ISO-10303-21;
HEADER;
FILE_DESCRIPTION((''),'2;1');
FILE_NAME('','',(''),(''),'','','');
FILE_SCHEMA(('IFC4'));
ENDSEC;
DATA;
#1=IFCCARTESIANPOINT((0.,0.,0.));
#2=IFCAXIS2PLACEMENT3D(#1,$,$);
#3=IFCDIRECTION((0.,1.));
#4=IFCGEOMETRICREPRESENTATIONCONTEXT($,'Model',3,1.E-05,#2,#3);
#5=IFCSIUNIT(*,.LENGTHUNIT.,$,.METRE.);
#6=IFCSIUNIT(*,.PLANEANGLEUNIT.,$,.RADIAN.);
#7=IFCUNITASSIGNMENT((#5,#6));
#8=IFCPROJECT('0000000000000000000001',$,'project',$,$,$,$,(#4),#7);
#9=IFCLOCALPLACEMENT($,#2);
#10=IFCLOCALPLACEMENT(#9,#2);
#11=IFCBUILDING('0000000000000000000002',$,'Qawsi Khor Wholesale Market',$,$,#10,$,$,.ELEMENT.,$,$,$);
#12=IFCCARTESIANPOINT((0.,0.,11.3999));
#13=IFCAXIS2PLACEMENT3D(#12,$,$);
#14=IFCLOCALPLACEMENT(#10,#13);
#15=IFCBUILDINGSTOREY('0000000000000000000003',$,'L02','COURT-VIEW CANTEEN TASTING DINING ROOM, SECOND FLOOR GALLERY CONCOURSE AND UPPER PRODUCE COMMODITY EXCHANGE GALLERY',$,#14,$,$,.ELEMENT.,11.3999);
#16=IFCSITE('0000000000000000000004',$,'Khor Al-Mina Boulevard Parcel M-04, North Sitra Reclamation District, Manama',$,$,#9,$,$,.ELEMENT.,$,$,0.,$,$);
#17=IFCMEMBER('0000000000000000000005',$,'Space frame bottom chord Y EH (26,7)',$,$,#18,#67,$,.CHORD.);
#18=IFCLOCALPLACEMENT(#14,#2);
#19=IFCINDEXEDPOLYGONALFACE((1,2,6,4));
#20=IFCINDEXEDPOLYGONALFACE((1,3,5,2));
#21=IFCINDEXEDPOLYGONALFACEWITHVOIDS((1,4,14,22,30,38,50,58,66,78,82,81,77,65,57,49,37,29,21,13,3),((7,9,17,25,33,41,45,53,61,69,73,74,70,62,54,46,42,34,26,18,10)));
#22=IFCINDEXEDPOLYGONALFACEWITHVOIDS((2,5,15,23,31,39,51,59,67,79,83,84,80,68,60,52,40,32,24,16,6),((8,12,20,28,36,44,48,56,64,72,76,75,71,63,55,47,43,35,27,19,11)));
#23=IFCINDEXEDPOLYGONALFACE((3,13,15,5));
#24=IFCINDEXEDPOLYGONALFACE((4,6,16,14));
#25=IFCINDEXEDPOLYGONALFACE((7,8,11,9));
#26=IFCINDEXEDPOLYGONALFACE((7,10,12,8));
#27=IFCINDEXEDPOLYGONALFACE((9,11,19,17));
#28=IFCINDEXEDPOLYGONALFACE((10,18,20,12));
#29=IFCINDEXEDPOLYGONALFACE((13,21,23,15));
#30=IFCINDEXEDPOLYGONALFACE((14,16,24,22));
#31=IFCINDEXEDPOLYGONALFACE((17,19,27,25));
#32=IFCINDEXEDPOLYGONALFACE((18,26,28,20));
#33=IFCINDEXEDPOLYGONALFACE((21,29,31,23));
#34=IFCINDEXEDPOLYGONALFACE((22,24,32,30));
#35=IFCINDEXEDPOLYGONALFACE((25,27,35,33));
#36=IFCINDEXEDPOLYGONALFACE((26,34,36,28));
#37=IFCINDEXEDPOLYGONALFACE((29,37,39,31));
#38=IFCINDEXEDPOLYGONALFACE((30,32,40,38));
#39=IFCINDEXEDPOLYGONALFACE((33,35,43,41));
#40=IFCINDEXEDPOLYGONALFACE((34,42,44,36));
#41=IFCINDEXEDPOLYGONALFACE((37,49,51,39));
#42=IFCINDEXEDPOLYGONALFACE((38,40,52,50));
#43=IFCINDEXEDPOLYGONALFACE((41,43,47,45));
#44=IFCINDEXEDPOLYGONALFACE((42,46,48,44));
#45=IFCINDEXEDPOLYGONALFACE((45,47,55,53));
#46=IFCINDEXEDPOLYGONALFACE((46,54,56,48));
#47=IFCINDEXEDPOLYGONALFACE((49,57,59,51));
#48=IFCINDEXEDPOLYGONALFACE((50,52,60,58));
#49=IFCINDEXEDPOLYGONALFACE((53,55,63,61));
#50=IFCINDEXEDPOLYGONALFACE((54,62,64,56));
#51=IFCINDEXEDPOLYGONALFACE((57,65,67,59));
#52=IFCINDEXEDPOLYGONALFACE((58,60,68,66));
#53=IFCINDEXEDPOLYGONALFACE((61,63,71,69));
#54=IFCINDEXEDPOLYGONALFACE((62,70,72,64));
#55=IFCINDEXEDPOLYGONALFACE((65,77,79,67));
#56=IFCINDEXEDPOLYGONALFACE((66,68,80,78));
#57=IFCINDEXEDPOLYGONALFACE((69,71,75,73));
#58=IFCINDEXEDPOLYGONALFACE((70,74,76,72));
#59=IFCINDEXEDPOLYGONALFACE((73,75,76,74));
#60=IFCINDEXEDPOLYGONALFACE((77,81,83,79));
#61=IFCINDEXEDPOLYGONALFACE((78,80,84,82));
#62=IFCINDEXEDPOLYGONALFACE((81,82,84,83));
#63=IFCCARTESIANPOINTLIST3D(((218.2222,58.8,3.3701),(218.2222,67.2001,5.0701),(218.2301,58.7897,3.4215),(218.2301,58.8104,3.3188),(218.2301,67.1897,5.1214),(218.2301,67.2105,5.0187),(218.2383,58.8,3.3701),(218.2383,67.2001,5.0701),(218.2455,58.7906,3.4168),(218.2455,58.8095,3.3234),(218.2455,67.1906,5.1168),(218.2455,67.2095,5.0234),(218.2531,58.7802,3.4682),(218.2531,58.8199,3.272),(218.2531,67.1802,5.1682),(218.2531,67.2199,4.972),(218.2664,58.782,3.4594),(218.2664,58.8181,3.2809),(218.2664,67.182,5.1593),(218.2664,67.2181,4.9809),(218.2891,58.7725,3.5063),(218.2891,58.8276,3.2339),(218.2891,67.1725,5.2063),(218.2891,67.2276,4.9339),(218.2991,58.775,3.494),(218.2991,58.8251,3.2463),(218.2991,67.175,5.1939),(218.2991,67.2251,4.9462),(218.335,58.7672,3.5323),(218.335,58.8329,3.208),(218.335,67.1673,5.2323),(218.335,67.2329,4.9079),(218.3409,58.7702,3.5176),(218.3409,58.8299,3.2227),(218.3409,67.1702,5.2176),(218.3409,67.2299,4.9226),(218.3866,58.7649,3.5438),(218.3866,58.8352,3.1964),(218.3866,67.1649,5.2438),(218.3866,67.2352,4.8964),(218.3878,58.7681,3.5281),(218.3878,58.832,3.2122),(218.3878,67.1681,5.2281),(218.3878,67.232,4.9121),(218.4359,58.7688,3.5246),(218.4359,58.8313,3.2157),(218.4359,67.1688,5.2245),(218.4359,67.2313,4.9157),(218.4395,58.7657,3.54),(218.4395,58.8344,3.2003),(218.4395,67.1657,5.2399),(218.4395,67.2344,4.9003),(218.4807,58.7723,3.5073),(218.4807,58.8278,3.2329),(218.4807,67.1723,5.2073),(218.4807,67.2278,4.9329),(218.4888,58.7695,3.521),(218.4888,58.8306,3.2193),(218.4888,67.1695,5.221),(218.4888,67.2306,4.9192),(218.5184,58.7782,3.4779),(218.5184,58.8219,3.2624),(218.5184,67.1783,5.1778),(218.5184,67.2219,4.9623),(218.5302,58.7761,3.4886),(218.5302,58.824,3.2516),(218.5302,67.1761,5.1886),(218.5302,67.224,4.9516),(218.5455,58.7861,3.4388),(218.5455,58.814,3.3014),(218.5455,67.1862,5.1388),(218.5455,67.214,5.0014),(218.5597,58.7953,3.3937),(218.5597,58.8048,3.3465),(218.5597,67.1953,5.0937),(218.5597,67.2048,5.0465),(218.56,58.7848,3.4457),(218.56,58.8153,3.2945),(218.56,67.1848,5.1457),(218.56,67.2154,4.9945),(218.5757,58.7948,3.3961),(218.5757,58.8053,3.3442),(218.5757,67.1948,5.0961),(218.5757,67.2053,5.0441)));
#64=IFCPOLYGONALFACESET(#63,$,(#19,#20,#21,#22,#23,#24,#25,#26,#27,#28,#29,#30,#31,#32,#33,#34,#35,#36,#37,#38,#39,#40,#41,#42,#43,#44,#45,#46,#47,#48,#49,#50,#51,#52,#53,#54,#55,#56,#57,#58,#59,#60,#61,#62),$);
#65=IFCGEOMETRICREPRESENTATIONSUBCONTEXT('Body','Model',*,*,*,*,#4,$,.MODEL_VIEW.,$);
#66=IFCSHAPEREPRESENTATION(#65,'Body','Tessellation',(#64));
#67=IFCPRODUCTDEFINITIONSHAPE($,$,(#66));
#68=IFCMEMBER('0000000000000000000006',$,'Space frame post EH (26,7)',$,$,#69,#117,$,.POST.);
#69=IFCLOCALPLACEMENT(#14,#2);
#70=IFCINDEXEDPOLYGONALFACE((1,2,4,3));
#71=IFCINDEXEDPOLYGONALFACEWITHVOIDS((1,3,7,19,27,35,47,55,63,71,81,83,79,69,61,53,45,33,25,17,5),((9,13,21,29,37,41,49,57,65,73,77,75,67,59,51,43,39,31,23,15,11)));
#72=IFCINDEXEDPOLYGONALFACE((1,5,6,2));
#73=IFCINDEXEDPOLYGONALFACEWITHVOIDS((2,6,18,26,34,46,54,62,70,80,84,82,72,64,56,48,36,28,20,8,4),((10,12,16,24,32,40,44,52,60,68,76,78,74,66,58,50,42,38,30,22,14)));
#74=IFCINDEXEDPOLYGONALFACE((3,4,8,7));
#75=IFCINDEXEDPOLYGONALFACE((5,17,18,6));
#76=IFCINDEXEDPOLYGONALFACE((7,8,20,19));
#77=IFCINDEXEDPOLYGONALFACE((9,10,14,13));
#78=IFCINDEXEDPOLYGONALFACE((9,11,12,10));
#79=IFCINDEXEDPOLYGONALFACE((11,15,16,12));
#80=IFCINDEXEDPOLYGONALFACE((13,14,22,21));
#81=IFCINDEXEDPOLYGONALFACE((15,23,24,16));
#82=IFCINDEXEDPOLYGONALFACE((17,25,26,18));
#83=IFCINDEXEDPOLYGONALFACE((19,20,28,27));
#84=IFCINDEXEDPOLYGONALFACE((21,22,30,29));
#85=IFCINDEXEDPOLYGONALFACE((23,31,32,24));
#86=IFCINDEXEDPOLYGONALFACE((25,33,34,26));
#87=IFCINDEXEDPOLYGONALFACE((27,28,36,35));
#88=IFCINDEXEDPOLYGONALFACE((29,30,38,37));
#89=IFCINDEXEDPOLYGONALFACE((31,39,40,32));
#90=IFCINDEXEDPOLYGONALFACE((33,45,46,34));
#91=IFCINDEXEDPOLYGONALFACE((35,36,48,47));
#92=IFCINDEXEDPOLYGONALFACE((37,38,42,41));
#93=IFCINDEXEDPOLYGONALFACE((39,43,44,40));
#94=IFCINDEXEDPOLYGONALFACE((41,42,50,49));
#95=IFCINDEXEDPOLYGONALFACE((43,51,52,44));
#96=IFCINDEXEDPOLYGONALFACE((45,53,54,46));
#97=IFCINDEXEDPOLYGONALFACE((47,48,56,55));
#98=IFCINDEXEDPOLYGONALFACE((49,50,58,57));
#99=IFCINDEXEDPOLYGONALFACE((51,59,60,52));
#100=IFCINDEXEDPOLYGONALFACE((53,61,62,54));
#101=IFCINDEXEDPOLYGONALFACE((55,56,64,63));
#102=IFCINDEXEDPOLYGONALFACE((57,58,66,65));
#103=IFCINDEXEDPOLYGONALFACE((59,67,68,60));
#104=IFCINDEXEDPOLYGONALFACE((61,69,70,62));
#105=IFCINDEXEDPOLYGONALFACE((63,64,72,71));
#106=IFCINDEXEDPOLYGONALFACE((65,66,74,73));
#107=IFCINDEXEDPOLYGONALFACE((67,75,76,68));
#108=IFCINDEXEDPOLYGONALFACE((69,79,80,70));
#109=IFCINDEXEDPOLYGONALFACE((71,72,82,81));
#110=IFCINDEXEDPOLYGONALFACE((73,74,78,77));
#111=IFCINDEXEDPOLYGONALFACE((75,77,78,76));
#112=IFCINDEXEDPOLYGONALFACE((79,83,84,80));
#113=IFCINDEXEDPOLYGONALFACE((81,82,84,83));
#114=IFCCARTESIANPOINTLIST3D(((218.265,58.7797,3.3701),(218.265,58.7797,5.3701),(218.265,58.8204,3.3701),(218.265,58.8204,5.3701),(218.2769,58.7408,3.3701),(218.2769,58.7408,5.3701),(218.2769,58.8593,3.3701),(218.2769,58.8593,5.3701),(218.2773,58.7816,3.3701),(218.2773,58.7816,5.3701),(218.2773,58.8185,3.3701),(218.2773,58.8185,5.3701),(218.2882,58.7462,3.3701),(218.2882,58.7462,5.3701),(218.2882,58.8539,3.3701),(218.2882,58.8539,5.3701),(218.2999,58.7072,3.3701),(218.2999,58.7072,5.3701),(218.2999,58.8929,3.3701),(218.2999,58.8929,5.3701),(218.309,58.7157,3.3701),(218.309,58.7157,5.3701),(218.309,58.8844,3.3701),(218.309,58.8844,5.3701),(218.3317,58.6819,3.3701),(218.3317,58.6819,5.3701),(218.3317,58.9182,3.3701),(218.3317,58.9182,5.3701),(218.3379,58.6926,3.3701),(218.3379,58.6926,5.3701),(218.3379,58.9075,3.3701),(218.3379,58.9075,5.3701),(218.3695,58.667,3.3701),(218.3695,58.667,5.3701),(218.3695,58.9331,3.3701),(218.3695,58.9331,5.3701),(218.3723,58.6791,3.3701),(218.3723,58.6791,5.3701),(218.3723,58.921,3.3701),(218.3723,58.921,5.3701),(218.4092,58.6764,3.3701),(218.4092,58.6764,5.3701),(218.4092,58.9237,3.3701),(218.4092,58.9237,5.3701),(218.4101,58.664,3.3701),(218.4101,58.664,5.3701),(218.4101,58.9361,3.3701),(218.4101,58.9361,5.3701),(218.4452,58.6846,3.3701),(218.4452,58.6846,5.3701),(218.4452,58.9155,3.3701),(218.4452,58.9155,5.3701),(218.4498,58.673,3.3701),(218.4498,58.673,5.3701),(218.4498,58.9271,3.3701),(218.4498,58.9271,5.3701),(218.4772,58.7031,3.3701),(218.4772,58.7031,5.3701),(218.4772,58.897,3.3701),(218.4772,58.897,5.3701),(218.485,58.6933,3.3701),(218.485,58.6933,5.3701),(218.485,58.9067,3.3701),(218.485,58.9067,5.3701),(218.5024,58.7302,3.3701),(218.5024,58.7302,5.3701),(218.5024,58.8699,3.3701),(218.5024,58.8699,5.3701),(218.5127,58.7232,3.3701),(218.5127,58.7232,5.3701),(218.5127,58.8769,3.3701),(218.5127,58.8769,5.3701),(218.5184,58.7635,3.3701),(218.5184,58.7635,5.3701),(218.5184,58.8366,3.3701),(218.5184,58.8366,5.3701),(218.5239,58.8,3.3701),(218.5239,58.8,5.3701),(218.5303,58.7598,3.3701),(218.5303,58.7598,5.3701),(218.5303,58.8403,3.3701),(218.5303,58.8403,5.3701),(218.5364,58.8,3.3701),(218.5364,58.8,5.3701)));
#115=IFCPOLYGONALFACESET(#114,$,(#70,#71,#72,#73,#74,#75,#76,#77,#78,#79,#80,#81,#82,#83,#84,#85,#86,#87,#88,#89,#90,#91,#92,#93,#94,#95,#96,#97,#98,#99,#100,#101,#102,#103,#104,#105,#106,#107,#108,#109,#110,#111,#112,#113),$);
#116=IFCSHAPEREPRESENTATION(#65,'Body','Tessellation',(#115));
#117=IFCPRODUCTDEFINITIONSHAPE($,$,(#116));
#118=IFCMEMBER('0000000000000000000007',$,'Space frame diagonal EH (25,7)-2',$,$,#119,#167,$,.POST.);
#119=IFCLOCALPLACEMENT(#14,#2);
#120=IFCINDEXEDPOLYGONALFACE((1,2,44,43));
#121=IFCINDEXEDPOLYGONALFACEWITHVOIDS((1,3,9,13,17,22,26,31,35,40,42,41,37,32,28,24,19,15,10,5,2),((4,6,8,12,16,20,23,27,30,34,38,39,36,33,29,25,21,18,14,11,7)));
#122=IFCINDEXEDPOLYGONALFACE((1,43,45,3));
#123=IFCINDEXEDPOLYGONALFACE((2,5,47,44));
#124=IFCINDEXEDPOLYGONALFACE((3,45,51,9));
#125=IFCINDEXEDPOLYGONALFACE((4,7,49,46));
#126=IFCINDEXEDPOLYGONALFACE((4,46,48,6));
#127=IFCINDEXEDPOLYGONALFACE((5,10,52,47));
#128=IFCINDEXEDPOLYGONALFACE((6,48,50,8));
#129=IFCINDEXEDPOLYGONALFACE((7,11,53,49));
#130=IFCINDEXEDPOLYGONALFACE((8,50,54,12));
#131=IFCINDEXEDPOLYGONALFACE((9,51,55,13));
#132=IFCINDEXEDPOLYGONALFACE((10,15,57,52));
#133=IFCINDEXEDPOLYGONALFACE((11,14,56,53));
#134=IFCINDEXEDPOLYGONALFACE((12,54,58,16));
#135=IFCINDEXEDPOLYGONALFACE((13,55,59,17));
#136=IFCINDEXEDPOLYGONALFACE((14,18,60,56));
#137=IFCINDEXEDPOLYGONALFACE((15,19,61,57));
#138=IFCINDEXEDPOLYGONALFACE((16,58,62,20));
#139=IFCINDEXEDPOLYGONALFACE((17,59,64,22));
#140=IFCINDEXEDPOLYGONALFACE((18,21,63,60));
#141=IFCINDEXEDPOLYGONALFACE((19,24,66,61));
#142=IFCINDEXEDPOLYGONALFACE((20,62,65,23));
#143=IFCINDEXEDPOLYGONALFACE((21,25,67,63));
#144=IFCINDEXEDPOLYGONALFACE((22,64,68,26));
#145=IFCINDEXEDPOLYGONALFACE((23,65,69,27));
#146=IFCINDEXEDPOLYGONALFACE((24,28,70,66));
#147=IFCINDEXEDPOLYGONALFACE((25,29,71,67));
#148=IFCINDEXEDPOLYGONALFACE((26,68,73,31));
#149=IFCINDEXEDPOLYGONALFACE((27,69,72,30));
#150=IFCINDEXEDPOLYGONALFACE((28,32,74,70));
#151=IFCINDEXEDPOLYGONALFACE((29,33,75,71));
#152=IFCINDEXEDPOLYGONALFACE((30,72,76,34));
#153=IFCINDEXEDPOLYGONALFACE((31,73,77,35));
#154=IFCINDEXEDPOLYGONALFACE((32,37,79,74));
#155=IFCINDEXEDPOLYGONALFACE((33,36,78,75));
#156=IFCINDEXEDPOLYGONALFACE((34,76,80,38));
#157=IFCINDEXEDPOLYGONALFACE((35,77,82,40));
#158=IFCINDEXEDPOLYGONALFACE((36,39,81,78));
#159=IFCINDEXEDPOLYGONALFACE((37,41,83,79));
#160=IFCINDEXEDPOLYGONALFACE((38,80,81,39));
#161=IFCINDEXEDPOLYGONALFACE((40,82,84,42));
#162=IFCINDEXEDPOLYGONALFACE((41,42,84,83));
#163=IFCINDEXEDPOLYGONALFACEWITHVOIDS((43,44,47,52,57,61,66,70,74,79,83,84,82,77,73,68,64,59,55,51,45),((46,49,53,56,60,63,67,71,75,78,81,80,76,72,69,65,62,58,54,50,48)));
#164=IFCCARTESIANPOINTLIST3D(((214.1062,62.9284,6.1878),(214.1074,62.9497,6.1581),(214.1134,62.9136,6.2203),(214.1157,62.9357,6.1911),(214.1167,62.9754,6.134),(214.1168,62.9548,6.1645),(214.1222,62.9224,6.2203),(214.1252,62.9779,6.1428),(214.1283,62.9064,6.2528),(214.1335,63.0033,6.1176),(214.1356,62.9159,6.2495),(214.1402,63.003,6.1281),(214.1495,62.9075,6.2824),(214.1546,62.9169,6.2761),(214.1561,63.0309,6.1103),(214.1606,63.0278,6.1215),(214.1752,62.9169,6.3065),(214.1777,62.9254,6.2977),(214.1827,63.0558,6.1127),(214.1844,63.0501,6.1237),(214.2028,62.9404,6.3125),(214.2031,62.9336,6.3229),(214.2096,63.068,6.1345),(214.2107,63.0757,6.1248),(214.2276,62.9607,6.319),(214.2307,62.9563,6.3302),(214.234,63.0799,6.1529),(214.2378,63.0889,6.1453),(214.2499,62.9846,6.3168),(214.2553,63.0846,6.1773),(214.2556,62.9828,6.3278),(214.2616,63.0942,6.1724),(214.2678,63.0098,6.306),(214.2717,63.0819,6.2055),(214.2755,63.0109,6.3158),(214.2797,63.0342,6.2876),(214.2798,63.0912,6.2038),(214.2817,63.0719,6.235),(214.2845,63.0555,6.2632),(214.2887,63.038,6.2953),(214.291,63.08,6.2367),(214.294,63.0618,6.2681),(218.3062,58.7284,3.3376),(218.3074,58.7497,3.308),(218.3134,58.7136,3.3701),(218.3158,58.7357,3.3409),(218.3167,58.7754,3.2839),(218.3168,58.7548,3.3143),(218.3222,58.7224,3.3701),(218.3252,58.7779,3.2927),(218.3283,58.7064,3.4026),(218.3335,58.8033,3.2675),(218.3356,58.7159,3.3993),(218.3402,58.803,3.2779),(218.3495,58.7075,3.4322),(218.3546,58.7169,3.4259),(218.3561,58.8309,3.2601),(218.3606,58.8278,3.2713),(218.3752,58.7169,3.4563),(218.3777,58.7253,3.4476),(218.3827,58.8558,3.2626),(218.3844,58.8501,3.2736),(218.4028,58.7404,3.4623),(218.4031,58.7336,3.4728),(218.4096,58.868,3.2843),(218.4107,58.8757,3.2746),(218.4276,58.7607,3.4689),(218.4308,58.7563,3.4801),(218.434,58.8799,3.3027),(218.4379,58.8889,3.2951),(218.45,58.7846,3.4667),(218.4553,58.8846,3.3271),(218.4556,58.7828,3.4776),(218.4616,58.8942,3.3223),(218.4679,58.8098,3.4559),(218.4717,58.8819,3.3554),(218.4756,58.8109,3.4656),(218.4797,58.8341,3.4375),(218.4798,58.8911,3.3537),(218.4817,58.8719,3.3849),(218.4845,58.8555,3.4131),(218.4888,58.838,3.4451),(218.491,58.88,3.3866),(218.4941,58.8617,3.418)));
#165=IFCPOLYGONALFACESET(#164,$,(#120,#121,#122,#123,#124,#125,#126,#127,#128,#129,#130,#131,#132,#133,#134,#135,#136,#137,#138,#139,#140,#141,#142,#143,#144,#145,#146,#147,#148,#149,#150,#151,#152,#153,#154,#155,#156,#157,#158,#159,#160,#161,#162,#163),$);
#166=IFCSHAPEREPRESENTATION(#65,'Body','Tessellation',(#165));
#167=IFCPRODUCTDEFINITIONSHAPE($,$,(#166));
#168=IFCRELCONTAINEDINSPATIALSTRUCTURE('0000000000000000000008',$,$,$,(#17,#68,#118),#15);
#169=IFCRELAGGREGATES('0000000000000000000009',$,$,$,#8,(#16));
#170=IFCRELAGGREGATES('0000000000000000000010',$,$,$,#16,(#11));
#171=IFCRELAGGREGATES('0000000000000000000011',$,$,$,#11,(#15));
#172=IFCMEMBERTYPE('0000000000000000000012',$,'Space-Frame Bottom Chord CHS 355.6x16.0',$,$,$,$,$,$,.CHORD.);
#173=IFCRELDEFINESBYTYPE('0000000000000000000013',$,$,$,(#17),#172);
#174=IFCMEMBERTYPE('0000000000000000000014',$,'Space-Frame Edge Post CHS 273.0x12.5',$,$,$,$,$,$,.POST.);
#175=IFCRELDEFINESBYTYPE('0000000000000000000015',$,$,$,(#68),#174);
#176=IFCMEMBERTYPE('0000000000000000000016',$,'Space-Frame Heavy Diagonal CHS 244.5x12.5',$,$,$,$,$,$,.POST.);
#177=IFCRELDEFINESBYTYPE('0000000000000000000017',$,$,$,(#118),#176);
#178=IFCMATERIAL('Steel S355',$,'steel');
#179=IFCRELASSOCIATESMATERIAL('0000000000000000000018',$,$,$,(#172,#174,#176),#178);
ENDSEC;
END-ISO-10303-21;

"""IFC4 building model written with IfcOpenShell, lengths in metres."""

from ifc_helpers import new_model, si_unit, direction, frame, origin, origin_2d, place, context, subcontext, project, spatial, hollow_circle, extrude, material, material_profile, profile_set, type_object, element, save


model = new_model("IFC4")

# Units and contexts
model_context = context("Model", 3, precision=1e-05, world=origin(), true_north=direction((0.0, 1.0)))
body_context = subcontext(model_context, "Body", "Model", "MODEL_VIEW")
ifc_project = project(units=[si_unit("LENGTHUNIT", "METRE"), si_unit("PLANEANGLEUNIT", "RADIAN")], contexts=[model_context])

# Site, building, storey
site_placement = place(None, origin())
site = spatial("IfcSite", under=ifc_project, at=site_placement, Name="Khor Al-Mina Boulevard Parcel M-04, North Sitra Reclamation District, Manama", CompositionType="ELEMENT", RefElevation=0.0)
building_placement = place(site_placement, origin())
building = spatial("IfcBuilding", under=site, at=building_placement, Name="Qawsi Khor Wholesale Market", CompositionType="ELEMENT")
storey_placement = place(building_placement, frame((0.0, 0.0, 11.3999)))
storey = spatial("IfcBuildingStorey", under=building, at=storey_placement, Name="L02", Description="COURT-VIEW CANTEEN TASTING DINING ROOM, SECOND FLOOR GALLERY CONCOURSE AND UPPER PRODUCE COMMODITY EXCHANGE GALLERY", CompositionType="ELEMENT", Elevation=11.3999)

# Members
ifc_material_1 = material(Name="Steel S355", Category="steel")
ifc_material_profile_1 = material_profile(ifc_material_1, hollow_circle(Radius=0.1777, WallThickness=0.0161, at=origin_2d()), Name="CHS 355.6x16.0")
ifc_profile_set_1 = profile_set([ifc_material_profile_1], Name="Steel S355")
member_type_1 = type_object("IfcMemberType", Name="Space-Frame Bottom Chord CHS 355.6x16.0", PredefinedType="CHORD", material=ifc_profile_set_1)
member_1_placement = place(storey_placement, frame((218.3999, 58.8, 3.3701), z_axis=(0.0, 0.98013, 0.198356), x_axis=(-1.0, 0.0, 0.0)))
element("IfcMember", 1, at=member_1_placement, inside=storey, type_object=member_type_1, Name="Space frame bottom chord Y EH (26,7)", PredefinedType="CHORD", context=body_context, shape_type="SweptSolid", body=[
    extrude(hollow_circle(Radius=0.1777, WallThickness=0.0161, at=origin_2d()), origin(), (0.0, 0.0, 1.0), 8.5703),
])
ifc_material_profile_2 = material_profile(ifc_material_1, hollow_circle(Radius=0.1365, WallThickness=0.0125, at=origin_2d()), Name="CHS 273.0x12.5")
ifc_profile_set_2 = profile_set([ifc_material_profile_2], Name="Steel S355")
member_type_2 = type_object("IfcMemberType", Name="Space-Frame Edge Post CHS 273.0x12.5", PredefinedType="POST", material=ifc_profile_set_2)
member_2_placement = place(storey_placement, frame((218.3999, 58.8, 3.3701), z_axis=(0.0, 0.0, 1.0), x_axis=(1.0, 0.0, 0.0)))
element("IfcMember", 2, at=member_2_placement, inside=storey, type_object=member_type_2, Name="Space frame post EH (26,7)", PredefinedType="POST", context=body_context, shape_type="SweptSolid", body=[
    extrude(hollow_circle(Radius=0.1365, WallThickness=0.0125, at=origin_2d()), origin(), (0.0, 0.0, 1.0), 2.0),
])
ifc_material_profile_3 = material_profile(ifc_material_1, hollow_circle(Radius=0.1223, WallThickness=0.0125, at=origin_2d()), Name="CHS 244.5x12.5")
ifc_profile_set_3 = profile_set([ifc_material_profile_3], Name="Steel S355")
member_type_3 = type_object("IfcMemberType", Name="Space-Frame Heavy Diagonal CHS 244.5x12.5", PredefinedType="POST", material=ifc_profile_set_3)
member_3_placement = place(storey_placement, frame((218.3999, 58.8, 3.3701), z_axis=(-0.637512, 0.637512, 0.432617), x_axis=(-0.707107, -0.707107, 0.0)))
element("IfcMember", 3, at=member_3_placement, inside=storey, type_object=member_type_3, Name="Space frame diagonal EH (25,7)-2", PredefinedType="POST", context=body_context, shape_type="SweptSolid", body=[
    extrude(hollow_circle(Radius=0.1223, WallThickness=0.0125, at=origin_2d()), origin(), (0.0, 0.0, 1.0), 6.5881),
])

save(model, "model.ifc")
